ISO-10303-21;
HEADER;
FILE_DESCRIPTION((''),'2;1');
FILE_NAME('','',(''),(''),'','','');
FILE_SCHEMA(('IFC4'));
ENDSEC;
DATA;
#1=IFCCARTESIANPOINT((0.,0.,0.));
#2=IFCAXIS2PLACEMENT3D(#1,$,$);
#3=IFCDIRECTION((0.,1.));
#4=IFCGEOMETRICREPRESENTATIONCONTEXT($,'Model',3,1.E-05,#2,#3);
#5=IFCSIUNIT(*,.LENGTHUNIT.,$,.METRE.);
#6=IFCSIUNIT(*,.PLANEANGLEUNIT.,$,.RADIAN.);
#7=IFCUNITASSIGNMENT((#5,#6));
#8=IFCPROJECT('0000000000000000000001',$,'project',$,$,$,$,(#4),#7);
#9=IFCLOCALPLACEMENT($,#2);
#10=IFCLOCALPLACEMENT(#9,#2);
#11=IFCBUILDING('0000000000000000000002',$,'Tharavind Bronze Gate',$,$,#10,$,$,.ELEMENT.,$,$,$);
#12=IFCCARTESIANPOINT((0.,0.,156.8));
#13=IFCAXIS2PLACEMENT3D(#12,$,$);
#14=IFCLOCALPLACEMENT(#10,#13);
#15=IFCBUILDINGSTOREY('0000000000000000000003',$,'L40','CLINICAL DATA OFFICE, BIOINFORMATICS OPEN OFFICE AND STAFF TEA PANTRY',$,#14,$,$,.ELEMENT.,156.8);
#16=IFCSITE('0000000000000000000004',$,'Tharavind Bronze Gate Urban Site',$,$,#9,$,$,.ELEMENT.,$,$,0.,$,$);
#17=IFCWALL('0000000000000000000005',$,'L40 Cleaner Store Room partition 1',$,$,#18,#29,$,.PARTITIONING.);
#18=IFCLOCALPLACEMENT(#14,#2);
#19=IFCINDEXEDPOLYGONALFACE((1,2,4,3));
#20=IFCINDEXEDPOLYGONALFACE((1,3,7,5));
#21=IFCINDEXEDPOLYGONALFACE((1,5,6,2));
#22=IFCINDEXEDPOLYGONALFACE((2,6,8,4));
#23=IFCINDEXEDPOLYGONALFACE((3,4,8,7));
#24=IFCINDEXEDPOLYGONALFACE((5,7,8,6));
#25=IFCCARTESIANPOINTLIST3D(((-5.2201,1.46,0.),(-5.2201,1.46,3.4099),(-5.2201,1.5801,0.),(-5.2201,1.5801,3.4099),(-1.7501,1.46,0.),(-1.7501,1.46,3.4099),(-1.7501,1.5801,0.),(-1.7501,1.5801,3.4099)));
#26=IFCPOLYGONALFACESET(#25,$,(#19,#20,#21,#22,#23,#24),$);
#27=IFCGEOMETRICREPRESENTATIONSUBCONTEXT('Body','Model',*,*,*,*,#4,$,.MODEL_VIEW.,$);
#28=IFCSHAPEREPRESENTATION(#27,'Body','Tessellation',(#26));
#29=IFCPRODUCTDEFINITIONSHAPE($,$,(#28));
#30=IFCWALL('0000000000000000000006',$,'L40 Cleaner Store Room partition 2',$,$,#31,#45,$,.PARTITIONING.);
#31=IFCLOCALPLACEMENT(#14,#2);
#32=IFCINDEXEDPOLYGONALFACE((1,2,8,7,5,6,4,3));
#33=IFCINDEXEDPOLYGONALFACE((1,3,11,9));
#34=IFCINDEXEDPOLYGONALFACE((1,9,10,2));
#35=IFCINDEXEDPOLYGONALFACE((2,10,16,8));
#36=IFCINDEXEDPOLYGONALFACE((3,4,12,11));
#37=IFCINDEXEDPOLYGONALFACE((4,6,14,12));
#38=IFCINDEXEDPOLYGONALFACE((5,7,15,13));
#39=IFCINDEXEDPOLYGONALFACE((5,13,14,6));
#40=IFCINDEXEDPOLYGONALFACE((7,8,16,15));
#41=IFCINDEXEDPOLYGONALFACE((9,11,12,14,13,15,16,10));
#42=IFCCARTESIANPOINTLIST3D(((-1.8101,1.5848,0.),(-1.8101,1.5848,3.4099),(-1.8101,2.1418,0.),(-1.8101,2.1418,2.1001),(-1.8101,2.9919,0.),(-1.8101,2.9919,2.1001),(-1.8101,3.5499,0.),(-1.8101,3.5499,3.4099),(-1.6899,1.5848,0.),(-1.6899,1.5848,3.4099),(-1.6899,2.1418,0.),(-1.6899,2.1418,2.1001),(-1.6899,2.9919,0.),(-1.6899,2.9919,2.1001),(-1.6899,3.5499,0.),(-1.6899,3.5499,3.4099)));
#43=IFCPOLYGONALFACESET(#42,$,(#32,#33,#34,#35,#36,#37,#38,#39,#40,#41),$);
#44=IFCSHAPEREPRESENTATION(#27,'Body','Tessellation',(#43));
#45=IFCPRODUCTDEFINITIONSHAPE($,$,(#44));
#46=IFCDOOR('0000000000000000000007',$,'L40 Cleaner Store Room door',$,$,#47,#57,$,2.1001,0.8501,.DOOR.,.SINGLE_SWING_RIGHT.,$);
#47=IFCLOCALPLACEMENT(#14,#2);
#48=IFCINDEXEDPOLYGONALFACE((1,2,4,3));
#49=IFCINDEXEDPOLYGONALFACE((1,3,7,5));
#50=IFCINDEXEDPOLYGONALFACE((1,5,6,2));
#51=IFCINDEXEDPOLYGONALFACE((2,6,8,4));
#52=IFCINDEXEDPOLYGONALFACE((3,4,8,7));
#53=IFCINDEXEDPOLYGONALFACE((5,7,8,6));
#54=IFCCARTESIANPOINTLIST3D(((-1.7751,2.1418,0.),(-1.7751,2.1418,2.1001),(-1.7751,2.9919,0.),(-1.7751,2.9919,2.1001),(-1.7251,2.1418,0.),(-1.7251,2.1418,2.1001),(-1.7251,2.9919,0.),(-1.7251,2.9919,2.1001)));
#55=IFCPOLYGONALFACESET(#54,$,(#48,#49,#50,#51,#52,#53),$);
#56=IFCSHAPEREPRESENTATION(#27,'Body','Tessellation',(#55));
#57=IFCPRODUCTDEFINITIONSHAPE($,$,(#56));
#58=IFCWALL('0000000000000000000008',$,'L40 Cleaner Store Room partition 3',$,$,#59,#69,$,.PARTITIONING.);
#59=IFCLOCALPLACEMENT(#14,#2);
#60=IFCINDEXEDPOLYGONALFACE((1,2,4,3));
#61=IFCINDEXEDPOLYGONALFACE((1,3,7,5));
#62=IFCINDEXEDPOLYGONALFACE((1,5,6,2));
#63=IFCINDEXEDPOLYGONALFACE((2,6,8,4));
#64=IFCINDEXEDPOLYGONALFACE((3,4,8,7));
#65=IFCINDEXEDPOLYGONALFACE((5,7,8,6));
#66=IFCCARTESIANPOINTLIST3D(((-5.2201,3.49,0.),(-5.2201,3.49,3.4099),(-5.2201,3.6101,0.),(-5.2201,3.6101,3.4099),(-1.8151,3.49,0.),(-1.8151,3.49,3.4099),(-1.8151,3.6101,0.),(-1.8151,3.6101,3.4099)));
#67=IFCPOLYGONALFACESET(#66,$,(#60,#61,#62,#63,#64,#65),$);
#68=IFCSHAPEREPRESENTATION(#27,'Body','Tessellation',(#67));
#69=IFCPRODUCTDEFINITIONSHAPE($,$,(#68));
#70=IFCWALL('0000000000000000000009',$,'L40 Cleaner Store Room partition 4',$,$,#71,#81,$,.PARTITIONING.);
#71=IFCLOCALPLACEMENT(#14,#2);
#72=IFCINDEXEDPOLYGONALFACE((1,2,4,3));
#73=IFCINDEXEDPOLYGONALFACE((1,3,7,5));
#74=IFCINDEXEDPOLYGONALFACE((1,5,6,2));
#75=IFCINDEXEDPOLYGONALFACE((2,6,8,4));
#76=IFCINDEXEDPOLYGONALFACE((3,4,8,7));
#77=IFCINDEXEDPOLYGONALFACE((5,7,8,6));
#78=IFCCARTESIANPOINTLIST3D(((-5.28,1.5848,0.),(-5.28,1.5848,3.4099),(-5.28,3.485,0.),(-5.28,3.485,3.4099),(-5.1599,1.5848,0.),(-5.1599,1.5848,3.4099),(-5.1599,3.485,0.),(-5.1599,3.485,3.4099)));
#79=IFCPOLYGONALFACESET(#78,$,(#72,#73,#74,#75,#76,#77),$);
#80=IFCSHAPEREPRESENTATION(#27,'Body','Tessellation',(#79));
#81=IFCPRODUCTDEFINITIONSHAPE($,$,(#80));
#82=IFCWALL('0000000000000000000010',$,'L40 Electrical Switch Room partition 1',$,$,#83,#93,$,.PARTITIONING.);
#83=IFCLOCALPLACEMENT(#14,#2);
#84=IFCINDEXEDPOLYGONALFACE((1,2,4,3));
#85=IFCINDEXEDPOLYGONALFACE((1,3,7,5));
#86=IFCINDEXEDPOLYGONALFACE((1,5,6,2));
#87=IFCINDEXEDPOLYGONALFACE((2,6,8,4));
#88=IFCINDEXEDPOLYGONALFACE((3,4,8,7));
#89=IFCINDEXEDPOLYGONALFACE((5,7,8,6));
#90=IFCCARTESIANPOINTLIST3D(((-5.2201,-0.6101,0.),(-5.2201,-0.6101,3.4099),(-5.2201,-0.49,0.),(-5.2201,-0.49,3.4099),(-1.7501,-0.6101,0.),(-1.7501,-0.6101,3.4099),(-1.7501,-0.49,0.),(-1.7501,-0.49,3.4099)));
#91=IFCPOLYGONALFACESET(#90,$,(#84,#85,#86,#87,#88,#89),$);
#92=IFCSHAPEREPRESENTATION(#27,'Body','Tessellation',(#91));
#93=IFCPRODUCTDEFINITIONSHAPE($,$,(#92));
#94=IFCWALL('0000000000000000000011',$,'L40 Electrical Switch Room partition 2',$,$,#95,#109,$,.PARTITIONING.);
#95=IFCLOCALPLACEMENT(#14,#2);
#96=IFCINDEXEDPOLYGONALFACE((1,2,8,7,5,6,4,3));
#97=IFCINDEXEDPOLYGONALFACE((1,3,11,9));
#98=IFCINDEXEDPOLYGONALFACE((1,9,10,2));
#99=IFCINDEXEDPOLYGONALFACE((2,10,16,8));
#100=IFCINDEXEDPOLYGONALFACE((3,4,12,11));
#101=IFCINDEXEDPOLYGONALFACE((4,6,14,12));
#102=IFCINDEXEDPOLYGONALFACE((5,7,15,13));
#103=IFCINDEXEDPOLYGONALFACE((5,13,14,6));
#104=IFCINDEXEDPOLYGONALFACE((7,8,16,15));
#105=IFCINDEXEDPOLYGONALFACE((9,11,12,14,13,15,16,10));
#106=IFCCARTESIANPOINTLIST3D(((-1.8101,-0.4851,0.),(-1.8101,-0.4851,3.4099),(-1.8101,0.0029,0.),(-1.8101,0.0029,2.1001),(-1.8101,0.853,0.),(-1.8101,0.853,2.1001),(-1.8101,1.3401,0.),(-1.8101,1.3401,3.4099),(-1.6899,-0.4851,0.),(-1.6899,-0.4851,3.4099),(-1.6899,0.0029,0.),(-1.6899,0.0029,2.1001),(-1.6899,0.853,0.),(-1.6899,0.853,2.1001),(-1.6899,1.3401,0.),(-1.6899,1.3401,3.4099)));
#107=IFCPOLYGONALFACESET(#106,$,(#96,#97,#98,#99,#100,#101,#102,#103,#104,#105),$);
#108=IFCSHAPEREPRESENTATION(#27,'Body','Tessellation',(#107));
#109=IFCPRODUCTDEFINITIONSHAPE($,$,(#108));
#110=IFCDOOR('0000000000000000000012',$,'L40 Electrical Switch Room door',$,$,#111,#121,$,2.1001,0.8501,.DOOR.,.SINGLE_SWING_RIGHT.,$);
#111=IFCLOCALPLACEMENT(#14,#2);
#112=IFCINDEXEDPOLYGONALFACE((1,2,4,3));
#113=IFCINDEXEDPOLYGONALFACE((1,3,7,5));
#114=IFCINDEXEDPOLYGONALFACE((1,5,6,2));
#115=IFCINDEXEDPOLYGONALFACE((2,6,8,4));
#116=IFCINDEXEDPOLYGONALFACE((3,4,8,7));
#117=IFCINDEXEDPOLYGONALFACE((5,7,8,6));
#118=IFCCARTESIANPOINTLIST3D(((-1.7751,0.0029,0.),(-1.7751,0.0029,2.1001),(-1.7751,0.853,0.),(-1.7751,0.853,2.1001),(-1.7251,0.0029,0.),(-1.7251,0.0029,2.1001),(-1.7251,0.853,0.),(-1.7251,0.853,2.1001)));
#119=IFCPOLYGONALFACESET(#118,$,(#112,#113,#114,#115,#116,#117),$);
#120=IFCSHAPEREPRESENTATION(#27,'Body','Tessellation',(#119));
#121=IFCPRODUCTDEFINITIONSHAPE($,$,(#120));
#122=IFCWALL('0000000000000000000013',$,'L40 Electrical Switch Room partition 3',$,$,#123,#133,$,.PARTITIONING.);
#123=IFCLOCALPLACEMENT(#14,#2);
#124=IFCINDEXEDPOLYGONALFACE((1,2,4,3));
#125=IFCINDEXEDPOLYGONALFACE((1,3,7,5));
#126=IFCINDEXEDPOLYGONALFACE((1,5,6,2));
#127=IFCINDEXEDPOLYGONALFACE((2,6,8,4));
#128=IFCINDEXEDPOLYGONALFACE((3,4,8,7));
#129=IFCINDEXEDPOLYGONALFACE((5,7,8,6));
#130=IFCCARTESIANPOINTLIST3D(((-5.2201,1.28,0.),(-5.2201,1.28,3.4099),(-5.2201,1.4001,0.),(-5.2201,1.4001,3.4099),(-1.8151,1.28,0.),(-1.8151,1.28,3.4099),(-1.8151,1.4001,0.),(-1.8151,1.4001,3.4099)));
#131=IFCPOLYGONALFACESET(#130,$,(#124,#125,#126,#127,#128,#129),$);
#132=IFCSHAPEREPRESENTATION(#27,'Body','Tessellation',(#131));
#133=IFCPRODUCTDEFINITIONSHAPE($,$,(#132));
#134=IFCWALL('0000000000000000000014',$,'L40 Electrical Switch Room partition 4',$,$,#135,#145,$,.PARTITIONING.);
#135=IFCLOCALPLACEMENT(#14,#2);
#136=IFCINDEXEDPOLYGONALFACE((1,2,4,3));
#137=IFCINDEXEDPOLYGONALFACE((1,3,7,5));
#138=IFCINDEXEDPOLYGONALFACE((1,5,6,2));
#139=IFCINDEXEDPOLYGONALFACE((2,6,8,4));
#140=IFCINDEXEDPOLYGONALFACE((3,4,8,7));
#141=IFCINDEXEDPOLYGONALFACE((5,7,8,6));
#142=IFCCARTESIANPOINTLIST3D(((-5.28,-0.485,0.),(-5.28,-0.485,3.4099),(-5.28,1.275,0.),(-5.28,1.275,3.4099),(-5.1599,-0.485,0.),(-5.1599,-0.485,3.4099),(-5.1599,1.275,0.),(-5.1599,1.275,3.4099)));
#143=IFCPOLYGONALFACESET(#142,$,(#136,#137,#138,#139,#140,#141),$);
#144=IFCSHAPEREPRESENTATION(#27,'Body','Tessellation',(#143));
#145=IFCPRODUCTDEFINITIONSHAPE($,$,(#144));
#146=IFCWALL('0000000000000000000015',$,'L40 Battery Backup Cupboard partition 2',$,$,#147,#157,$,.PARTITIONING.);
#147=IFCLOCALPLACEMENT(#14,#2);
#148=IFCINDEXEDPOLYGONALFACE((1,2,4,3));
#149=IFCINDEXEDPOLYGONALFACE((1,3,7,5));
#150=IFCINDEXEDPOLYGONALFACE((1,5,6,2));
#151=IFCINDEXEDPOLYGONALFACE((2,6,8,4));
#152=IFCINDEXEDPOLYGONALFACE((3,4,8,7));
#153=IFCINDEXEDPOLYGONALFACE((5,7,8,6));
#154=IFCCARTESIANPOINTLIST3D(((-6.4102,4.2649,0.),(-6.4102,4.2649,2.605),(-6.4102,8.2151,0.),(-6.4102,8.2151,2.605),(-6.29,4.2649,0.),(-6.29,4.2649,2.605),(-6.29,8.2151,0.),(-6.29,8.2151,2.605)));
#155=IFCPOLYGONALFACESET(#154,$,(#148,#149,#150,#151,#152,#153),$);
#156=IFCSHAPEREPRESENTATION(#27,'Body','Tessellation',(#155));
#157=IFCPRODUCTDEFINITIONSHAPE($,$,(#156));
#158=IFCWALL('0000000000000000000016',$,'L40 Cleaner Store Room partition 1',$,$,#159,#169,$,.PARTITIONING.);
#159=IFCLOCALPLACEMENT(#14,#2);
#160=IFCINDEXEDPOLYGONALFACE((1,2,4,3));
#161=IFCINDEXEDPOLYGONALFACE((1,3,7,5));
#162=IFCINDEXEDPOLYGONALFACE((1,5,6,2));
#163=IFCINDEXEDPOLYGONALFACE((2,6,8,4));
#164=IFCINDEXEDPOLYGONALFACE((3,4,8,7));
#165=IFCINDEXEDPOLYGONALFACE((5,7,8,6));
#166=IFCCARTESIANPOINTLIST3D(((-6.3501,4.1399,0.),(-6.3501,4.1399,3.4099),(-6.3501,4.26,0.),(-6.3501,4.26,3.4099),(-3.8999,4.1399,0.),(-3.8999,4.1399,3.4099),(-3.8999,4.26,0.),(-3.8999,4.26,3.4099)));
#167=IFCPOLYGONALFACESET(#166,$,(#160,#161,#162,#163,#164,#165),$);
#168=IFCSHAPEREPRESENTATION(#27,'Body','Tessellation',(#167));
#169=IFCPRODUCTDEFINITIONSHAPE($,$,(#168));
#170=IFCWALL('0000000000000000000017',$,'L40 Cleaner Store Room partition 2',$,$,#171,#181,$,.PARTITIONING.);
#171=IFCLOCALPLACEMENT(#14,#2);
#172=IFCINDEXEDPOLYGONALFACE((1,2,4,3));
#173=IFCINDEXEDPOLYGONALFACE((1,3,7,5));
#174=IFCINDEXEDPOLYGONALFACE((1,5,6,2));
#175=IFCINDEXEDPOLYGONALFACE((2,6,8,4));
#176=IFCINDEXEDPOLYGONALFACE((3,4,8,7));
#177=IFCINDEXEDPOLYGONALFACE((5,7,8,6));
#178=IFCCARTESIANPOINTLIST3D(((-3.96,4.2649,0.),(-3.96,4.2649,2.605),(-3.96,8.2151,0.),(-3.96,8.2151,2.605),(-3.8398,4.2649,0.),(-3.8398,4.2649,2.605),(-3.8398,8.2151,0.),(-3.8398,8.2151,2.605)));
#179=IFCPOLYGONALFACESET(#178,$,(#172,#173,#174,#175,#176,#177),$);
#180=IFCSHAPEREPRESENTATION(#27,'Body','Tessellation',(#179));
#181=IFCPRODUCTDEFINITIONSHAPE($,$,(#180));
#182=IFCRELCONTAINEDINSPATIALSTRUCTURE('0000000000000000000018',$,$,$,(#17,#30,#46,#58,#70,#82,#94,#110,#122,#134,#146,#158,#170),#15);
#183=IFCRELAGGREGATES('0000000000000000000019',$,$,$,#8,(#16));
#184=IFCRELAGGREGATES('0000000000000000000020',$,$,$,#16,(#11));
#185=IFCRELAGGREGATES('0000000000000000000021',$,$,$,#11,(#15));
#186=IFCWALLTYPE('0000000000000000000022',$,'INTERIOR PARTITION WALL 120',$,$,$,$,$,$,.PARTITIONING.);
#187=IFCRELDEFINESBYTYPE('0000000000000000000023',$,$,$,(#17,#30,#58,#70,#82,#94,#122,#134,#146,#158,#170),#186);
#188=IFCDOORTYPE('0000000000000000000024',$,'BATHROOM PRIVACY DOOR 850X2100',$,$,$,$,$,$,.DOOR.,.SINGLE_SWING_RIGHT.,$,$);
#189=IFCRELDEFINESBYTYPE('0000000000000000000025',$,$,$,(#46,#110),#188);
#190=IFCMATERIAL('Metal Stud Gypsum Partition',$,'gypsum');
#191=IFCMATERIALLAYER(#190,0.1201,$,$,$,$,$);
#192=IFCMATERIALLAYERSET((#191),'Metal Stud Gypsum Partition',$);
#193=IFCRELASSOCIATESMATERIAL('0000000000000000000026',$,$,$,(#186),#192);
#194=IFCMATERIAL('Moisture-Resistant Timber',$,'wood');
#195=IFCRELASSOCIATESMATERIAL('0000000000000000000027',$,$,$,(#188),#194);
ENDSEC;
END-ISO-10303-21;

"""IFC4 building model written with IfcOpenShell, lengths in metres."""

from ifc_helpers import new_model, si_unit, direction, frame, frame_2d, origin, place, context, subcontext, project, spatial, rectangle, extrude, material, layer, layer_set, type_object, element, fill, save


model = new_model("IFC4")

# Units and contexts
model_context = context("Model", 3, precision=1e-05, world=origin(), true_north=direction((0.0, 1.0)))
body_context = subcontext(model_context, "Body", "Model", "MODEL_VIEW")
ifc_project = project(units=[si_unit("LENGTHUNIT", "METRE"), si_unit("PLANEANGLEUNIT", "RADIAN")], contexts=[model_context])

# Site, building, storey
site_placement = place(None, origin())
site = spatial("IfcSite", under=ifc_project, at=site_placement, Name="Tharavind Bronze Gate Urban Site", CompositionType="ELEMENT", RefElevation=0.0)
building_placement = place(site_placement, origin())
building = spatial("IfcBuilding", under=site, at=building_placement, Name="Tharavind Bronze Gate", CompositionType="ELEMENT")
storey_placement = place(building_placement, frame((0.0, 0.0, 156.8)))
storey = spatial("IfcBuildingStorey", under=building, at=storey_placement, Name="L40", Description="CLINICAL DATA OFFICE, BIOINFORMATICS OPEN OFFICE AND STAFF TEA PANTRY", CompositionType="ELEMENT", Elevation=156.8)

# Wall
ifc_material_1 = material(Name="Metal Stud Gypsum Partition", Category="gypsum")
ifc_layer_1 = layer(ifc_material_1, 0.1201)
ifc_layer_set_1 = layer_set([ifc_layer_1], Name="Metal Stud Gypsum Partition")
wall_type_1 = type_object("IfcWallType", Name="INTERIOR PARTITION WALL 120", PredefinedType="PARTITIONING", material=ifc_layer_set_1)
wall_1_placement = place(storey_placement, frame((-5.22, 1.52, 0.0), z_axis=(0.0, 0.0, 1.0), x_axis=(1.0, 0.0, 0.0)))
element("IfcWall", 1, at=wall_1_placement, inside=storey, type_object=wall_type_1, Name="L40 Cleaner Store Room partition 1", PredefinedType="PARTITIONING", context=body_context, shape_type="SweptSolid", body=[
    extrude(rectangle(XDim=3.47, YDim=0.1201, at=frame_2d((1.7349, 0.0))), origin(), (0.0, 0.0, 1.0), 3.4099),
])

# Wall, opening, door
wall_2_placement = place(storey_placement, frame((-1.75, 1.585, 0.0), z_axis=(0.0, 0.0, 1.0), x_axis=(0.0, 1.0, 0.0)))
wall_2 = element("IfcWall", 2, at=wall_2_placement, inside=storey, type_object=wall_type_1, Name="L40 Cleaner Store Room partition 2", PredefinedType="PARTITIONING", context=body_context, shape_type="SweptSolid", body=[
    extrude(rectangle(XDim=1.9651, YDim=0.1201, at=frame_2d((0.9824, 0.0))), origin(), (0.0, 0.0, 1.0), 3.4099),
])
opening_1_placement = place(wall_2_placement, frame((0.5569, 0.0, 0.0)))
opening_1 = element("IfcOpeningElement", 3, at=opening_1_placement, cuts=wall_2, PredefinedType="OPENING", context=body_context, shape_type="SweptSolid", body=[
    extrude(rectangle(XDim=0.8501, YDim=2.1001, at=frame_2d((0.425, 1.05))), frame((0.0, 0.0701, 0.0), z_axis=(0.0, -1.0, 0.0), x_axis=(1.0, 0.0, 0.0)), (0.0, 0.0, 1.0), 0.1401),
])
ifc_material_2 = material(Name="Moisture-Resistant Timber", Category="wood")
door_type_1 = type_object("IfcDoorType", Name="BATHROOM PRIVACY DOOR 850X2100", OperationType="SINGLE_SWING_RIGHT", PredefinedType="DOOR", material=ifc_material_2)
door_1_placement = place(opening_1_placement, frame((0.8501, 0.0, 0.0), z_axis=(0.0, 0.0, 1.0), x_axis=(-1.0, 0.0, 0.0)))
door_1 = element("IfcDoor", 4, at=door_1_placement, inside=storey, type_object=door_type_1, Name="L40 Cleaner Store Room door", OperationType="SINGLE_SWING_RIGHT", OverallHeight=2.1001, OverallWidth=0.8501, PredefinedType="DOOR", context=body_context, shape_type="SweptSolid", body=[
    extrude(rectangle(XDim=0.8501, YDim=2.1001, at=frame_2d((0.425, 1.05))), frame((0.0, 0.0249, 0.0), z_axis=(0.0, -1.0, 0.0), x_axis=(1.0, 0.0, 0.0)), (0.0, 0.0, 1.0), 0.05),
])
fill(opening_1, door_1)

# Walls
wall_3_placement = place(storey_placement, frame((-1.8149, 3.55, 0.0), z_axis=(0.0, 0.0, 1.0), x_axis=(-1.0, 0.0, 0.0)))
element("IfcWall", 5, at=wall_3_placement, inside=storey, type_object=wall_type_1, Name="L40 Cleaner Store Room partition 3", PredefinedType="PARTITIONING", context=body_context, shape_type="SweptSolid", body=[
    extrude(rectangle(XDim=3.405, YDim=0.1201, at=frame_2d((1.7026, 0.0))), origin(), (0.0, 0.0, 1.0), 3.4099),
])
wall_4_placement = place(storey_placement, frame((-5.22, 3.4851, 0.0), z_axis=(0.0, 0.0, 1.0), x_axis=(0.0, -1.0, 0.0)))
element("IfcWall", 6, at=wall_4_placement, inside=storey, type_object=wall_type_1, Name="L40 Cleaner Store Room partition 4", PredefinedType="PARTITIONING", context=body_context, shape_type="SweptSolid", body=[
    extrude(rectangle(XDim=1.9001, YDim=0.1201, at=frame_2d((0.9502, 0.0))), origin(), (0.0, 0.0, 1.0), 3.4099),
])
wall_5_placement = place(storey_placement, frame((-5.22, -0.55, 0.0), z_axis=(0.0, 0.0, 1.0), x_axis=(1.0, 0.0, 0.0)))
element("IfcWall", 7, at=wall_5_placement, inside=storey, type_object=wall_type_1, Name="L40 Electrical Switch Room partition 1", PredefinedType="PARTITIONING", context=body_context, shape_type="SweptSolid", body=[
    extrude(rectangle(XDim=3.47, YDim=0.1201, at=frame_2d((1.7349, 0.0))), origin(), (0.0, 0.0, 1.0), 3.4099),
])

# Wall, opening, door
wall_6_placement = place(storey_placement, frame((-1.75, -0.4851, 0.0), z_axis=(0.0, 0.0, 1.0), x_axis=(0.0, 1.0, 0.0)))
wall_6 = element("IfcWall", 8, at=wall_6_placement, inside=storey, type_object=wall_type_1, Name="L40 Electrical Switch Room partition 2", PredefinedType="PARTITIONING", context=body_context, shape_type="SweptSolid", body=[
    extrude(rectangle(XDim=1.8252, YDim=0.1201, at=frame_2d((0.9126, 0.0))), origin(), (0.0, 0.0, 1.0), 3.4099),
])
opening_2_placement = place(wall_6_placement, frame((0.488, 0.0, 0.0)))
opening_2 = element("IfcOpeningElement", 9, at=opening_2_placement, cuts=wall_6, PredefinedType="OPENING", context=body_context, shape_type="SweptSolid", body=[
    extrude(rectangle(XDim=0.8501, YDim=2.1001, at=frame_2d((0.425, 1.05))), frame((0.0, 0.0701, 0.0), z_axis=(0.0, -1.0, 0.0), x_axis=(1.0, 0.0, 0.0)), (0.0, 0.0, 1.0), 0.1401),
])
door_2_placement = place(opening_2_placement, frame((0.8501, 0.0, 0.0), z_axis=(0.0, 0.0, 1.0), x_axis=(-1.0, 0.0, 0.0)))
door_2 = element("IfcDoor", 10, at=door_2_placement, inside=storey, type_object=door_type_1, Name="L40 Electrical Switch Room door", OperationType="SINGLE_SWING_RIGHT", OverallHeight=2.1001, OverallWidth=0.8501, PredefinedType="DOOR", context=body_context, shape_type="SweptSolid", body=[
    extrude(rectangle(XDim=0.8501, YDim=2.1001, at=frame_2d((0.425, 1.05))), frame((0.0, 0.0249, 0.0), z_axis=(0.0, -1.0, 0.0), x_axis=(1.0, 0.0, 0.0)), (0.0, 0.0, 1.0), 0.05),
])
fill(opening_2, door_2)

# Walls
wall_7_placement = place(storey_placement, frame((-1.8149, 1.3401, 0.0), z_axis=(0.0, 0.0, 1.0), x_axis=(-1.0, 0.0, 0.0)))
element("IfcWall", 11, at=wall_7_placement, inside=storey, type_object=wall_type_1, Name="L40 Electrical Switch Room partition 3", PredefinedType="PARTITIONING", context=body_context, shape_type="SweptSolid", body=[
    extrude(rectangle(XDim=3.405, YDim=0.1201, at=frame_2d((1.7026, 0.0))), origin(), (0.0, 0.0, 1.0), 3.4099),
])
wall_8_placement = place(storey_placement, frame((-5.22, 1.2749, 0.0), z_axis=(0.0, 0.0, 1.0), x_axis=(0.0, -1.0, 0.0)))
element("IfcWall", 12, at=wall_8_placement, inside=storey, type_object=wall_type_1, Name="L40 Electrical Switch Room partition 4", PredefinedType="PARTITIONING", context=body_context, shape_type="SweptSolid", body=[
    extrude(rectangle(XDim=1.76, YDim=0.1201, at=frame_2d((0.8799, 0.0))), origin(), (0.0, 0.0, 1.0), 3.4099),
])
wall_9_placement = place(storey_placement, frame((-6.3501, 4.2649, 0.0), z_axis=(0.0, 0.0, 1.0), x_axis=(0.0, 1.0, 0.0)))
element("IfcWall", 13, at=wall_9_placement, inside=storey, type_object=wall_type_1, Name="L40 Battery Backup Cupboard partition 2", PredefinedType="PARTITIONING", context=body_context, shape_type="SweptSolid", body=[
    extrude(rectangle(XDim=3.9502, YDim=0.1201, at=frame_2d((1.9751, 0.0))), origin(), (0.0, 0.0, 1.0), 2.605),
])
wall_10_placement = place(storey_placement, frame((-6.3501, 4.2, 0.0), z_axis=(0.0, 0.0, 1.0), x_axis=(1.0, 0.0, 0.0)))
element("IfcWall", 14, at=wall_10_placement, inside=storey, type_object=wall_type_1, Name="L40 Cleaner Store Room partition 1", PredefinedType="PARTITIONING", context=body_context, shape_type="SweptSolid", body=[
    extrude(rectangle(XDim=2.4502, YDim=0.1201, at=frame_2d((1.2251, 0.0))), origin(), (0.0, 0.0, 1.0), 3.4099),
])
wall_11_placement = place(storey_placement, frame((-3.8999, 4.2649, 0.0), z_axis=(0.0, 0.0, 1.0), x_axis=(0.0, 1.0, 0.0)))
element("IfcWall", 15, at=wall_11_placement, inside=storey, type_object=wall_type_1, Name="L40 Cleaner Store Room partition 2", PredefinedType="PARTITIONING", context=body_context, shape_type="SweptSolid", body=[
    extrude(rectangle(XDim=3.9502, YDim=0.1201, at=frame_2d((1.9751, 0.0))), origin(), (0.0, 0.0, 1.0), 2.605),
])

save(model, "model.ifc")
